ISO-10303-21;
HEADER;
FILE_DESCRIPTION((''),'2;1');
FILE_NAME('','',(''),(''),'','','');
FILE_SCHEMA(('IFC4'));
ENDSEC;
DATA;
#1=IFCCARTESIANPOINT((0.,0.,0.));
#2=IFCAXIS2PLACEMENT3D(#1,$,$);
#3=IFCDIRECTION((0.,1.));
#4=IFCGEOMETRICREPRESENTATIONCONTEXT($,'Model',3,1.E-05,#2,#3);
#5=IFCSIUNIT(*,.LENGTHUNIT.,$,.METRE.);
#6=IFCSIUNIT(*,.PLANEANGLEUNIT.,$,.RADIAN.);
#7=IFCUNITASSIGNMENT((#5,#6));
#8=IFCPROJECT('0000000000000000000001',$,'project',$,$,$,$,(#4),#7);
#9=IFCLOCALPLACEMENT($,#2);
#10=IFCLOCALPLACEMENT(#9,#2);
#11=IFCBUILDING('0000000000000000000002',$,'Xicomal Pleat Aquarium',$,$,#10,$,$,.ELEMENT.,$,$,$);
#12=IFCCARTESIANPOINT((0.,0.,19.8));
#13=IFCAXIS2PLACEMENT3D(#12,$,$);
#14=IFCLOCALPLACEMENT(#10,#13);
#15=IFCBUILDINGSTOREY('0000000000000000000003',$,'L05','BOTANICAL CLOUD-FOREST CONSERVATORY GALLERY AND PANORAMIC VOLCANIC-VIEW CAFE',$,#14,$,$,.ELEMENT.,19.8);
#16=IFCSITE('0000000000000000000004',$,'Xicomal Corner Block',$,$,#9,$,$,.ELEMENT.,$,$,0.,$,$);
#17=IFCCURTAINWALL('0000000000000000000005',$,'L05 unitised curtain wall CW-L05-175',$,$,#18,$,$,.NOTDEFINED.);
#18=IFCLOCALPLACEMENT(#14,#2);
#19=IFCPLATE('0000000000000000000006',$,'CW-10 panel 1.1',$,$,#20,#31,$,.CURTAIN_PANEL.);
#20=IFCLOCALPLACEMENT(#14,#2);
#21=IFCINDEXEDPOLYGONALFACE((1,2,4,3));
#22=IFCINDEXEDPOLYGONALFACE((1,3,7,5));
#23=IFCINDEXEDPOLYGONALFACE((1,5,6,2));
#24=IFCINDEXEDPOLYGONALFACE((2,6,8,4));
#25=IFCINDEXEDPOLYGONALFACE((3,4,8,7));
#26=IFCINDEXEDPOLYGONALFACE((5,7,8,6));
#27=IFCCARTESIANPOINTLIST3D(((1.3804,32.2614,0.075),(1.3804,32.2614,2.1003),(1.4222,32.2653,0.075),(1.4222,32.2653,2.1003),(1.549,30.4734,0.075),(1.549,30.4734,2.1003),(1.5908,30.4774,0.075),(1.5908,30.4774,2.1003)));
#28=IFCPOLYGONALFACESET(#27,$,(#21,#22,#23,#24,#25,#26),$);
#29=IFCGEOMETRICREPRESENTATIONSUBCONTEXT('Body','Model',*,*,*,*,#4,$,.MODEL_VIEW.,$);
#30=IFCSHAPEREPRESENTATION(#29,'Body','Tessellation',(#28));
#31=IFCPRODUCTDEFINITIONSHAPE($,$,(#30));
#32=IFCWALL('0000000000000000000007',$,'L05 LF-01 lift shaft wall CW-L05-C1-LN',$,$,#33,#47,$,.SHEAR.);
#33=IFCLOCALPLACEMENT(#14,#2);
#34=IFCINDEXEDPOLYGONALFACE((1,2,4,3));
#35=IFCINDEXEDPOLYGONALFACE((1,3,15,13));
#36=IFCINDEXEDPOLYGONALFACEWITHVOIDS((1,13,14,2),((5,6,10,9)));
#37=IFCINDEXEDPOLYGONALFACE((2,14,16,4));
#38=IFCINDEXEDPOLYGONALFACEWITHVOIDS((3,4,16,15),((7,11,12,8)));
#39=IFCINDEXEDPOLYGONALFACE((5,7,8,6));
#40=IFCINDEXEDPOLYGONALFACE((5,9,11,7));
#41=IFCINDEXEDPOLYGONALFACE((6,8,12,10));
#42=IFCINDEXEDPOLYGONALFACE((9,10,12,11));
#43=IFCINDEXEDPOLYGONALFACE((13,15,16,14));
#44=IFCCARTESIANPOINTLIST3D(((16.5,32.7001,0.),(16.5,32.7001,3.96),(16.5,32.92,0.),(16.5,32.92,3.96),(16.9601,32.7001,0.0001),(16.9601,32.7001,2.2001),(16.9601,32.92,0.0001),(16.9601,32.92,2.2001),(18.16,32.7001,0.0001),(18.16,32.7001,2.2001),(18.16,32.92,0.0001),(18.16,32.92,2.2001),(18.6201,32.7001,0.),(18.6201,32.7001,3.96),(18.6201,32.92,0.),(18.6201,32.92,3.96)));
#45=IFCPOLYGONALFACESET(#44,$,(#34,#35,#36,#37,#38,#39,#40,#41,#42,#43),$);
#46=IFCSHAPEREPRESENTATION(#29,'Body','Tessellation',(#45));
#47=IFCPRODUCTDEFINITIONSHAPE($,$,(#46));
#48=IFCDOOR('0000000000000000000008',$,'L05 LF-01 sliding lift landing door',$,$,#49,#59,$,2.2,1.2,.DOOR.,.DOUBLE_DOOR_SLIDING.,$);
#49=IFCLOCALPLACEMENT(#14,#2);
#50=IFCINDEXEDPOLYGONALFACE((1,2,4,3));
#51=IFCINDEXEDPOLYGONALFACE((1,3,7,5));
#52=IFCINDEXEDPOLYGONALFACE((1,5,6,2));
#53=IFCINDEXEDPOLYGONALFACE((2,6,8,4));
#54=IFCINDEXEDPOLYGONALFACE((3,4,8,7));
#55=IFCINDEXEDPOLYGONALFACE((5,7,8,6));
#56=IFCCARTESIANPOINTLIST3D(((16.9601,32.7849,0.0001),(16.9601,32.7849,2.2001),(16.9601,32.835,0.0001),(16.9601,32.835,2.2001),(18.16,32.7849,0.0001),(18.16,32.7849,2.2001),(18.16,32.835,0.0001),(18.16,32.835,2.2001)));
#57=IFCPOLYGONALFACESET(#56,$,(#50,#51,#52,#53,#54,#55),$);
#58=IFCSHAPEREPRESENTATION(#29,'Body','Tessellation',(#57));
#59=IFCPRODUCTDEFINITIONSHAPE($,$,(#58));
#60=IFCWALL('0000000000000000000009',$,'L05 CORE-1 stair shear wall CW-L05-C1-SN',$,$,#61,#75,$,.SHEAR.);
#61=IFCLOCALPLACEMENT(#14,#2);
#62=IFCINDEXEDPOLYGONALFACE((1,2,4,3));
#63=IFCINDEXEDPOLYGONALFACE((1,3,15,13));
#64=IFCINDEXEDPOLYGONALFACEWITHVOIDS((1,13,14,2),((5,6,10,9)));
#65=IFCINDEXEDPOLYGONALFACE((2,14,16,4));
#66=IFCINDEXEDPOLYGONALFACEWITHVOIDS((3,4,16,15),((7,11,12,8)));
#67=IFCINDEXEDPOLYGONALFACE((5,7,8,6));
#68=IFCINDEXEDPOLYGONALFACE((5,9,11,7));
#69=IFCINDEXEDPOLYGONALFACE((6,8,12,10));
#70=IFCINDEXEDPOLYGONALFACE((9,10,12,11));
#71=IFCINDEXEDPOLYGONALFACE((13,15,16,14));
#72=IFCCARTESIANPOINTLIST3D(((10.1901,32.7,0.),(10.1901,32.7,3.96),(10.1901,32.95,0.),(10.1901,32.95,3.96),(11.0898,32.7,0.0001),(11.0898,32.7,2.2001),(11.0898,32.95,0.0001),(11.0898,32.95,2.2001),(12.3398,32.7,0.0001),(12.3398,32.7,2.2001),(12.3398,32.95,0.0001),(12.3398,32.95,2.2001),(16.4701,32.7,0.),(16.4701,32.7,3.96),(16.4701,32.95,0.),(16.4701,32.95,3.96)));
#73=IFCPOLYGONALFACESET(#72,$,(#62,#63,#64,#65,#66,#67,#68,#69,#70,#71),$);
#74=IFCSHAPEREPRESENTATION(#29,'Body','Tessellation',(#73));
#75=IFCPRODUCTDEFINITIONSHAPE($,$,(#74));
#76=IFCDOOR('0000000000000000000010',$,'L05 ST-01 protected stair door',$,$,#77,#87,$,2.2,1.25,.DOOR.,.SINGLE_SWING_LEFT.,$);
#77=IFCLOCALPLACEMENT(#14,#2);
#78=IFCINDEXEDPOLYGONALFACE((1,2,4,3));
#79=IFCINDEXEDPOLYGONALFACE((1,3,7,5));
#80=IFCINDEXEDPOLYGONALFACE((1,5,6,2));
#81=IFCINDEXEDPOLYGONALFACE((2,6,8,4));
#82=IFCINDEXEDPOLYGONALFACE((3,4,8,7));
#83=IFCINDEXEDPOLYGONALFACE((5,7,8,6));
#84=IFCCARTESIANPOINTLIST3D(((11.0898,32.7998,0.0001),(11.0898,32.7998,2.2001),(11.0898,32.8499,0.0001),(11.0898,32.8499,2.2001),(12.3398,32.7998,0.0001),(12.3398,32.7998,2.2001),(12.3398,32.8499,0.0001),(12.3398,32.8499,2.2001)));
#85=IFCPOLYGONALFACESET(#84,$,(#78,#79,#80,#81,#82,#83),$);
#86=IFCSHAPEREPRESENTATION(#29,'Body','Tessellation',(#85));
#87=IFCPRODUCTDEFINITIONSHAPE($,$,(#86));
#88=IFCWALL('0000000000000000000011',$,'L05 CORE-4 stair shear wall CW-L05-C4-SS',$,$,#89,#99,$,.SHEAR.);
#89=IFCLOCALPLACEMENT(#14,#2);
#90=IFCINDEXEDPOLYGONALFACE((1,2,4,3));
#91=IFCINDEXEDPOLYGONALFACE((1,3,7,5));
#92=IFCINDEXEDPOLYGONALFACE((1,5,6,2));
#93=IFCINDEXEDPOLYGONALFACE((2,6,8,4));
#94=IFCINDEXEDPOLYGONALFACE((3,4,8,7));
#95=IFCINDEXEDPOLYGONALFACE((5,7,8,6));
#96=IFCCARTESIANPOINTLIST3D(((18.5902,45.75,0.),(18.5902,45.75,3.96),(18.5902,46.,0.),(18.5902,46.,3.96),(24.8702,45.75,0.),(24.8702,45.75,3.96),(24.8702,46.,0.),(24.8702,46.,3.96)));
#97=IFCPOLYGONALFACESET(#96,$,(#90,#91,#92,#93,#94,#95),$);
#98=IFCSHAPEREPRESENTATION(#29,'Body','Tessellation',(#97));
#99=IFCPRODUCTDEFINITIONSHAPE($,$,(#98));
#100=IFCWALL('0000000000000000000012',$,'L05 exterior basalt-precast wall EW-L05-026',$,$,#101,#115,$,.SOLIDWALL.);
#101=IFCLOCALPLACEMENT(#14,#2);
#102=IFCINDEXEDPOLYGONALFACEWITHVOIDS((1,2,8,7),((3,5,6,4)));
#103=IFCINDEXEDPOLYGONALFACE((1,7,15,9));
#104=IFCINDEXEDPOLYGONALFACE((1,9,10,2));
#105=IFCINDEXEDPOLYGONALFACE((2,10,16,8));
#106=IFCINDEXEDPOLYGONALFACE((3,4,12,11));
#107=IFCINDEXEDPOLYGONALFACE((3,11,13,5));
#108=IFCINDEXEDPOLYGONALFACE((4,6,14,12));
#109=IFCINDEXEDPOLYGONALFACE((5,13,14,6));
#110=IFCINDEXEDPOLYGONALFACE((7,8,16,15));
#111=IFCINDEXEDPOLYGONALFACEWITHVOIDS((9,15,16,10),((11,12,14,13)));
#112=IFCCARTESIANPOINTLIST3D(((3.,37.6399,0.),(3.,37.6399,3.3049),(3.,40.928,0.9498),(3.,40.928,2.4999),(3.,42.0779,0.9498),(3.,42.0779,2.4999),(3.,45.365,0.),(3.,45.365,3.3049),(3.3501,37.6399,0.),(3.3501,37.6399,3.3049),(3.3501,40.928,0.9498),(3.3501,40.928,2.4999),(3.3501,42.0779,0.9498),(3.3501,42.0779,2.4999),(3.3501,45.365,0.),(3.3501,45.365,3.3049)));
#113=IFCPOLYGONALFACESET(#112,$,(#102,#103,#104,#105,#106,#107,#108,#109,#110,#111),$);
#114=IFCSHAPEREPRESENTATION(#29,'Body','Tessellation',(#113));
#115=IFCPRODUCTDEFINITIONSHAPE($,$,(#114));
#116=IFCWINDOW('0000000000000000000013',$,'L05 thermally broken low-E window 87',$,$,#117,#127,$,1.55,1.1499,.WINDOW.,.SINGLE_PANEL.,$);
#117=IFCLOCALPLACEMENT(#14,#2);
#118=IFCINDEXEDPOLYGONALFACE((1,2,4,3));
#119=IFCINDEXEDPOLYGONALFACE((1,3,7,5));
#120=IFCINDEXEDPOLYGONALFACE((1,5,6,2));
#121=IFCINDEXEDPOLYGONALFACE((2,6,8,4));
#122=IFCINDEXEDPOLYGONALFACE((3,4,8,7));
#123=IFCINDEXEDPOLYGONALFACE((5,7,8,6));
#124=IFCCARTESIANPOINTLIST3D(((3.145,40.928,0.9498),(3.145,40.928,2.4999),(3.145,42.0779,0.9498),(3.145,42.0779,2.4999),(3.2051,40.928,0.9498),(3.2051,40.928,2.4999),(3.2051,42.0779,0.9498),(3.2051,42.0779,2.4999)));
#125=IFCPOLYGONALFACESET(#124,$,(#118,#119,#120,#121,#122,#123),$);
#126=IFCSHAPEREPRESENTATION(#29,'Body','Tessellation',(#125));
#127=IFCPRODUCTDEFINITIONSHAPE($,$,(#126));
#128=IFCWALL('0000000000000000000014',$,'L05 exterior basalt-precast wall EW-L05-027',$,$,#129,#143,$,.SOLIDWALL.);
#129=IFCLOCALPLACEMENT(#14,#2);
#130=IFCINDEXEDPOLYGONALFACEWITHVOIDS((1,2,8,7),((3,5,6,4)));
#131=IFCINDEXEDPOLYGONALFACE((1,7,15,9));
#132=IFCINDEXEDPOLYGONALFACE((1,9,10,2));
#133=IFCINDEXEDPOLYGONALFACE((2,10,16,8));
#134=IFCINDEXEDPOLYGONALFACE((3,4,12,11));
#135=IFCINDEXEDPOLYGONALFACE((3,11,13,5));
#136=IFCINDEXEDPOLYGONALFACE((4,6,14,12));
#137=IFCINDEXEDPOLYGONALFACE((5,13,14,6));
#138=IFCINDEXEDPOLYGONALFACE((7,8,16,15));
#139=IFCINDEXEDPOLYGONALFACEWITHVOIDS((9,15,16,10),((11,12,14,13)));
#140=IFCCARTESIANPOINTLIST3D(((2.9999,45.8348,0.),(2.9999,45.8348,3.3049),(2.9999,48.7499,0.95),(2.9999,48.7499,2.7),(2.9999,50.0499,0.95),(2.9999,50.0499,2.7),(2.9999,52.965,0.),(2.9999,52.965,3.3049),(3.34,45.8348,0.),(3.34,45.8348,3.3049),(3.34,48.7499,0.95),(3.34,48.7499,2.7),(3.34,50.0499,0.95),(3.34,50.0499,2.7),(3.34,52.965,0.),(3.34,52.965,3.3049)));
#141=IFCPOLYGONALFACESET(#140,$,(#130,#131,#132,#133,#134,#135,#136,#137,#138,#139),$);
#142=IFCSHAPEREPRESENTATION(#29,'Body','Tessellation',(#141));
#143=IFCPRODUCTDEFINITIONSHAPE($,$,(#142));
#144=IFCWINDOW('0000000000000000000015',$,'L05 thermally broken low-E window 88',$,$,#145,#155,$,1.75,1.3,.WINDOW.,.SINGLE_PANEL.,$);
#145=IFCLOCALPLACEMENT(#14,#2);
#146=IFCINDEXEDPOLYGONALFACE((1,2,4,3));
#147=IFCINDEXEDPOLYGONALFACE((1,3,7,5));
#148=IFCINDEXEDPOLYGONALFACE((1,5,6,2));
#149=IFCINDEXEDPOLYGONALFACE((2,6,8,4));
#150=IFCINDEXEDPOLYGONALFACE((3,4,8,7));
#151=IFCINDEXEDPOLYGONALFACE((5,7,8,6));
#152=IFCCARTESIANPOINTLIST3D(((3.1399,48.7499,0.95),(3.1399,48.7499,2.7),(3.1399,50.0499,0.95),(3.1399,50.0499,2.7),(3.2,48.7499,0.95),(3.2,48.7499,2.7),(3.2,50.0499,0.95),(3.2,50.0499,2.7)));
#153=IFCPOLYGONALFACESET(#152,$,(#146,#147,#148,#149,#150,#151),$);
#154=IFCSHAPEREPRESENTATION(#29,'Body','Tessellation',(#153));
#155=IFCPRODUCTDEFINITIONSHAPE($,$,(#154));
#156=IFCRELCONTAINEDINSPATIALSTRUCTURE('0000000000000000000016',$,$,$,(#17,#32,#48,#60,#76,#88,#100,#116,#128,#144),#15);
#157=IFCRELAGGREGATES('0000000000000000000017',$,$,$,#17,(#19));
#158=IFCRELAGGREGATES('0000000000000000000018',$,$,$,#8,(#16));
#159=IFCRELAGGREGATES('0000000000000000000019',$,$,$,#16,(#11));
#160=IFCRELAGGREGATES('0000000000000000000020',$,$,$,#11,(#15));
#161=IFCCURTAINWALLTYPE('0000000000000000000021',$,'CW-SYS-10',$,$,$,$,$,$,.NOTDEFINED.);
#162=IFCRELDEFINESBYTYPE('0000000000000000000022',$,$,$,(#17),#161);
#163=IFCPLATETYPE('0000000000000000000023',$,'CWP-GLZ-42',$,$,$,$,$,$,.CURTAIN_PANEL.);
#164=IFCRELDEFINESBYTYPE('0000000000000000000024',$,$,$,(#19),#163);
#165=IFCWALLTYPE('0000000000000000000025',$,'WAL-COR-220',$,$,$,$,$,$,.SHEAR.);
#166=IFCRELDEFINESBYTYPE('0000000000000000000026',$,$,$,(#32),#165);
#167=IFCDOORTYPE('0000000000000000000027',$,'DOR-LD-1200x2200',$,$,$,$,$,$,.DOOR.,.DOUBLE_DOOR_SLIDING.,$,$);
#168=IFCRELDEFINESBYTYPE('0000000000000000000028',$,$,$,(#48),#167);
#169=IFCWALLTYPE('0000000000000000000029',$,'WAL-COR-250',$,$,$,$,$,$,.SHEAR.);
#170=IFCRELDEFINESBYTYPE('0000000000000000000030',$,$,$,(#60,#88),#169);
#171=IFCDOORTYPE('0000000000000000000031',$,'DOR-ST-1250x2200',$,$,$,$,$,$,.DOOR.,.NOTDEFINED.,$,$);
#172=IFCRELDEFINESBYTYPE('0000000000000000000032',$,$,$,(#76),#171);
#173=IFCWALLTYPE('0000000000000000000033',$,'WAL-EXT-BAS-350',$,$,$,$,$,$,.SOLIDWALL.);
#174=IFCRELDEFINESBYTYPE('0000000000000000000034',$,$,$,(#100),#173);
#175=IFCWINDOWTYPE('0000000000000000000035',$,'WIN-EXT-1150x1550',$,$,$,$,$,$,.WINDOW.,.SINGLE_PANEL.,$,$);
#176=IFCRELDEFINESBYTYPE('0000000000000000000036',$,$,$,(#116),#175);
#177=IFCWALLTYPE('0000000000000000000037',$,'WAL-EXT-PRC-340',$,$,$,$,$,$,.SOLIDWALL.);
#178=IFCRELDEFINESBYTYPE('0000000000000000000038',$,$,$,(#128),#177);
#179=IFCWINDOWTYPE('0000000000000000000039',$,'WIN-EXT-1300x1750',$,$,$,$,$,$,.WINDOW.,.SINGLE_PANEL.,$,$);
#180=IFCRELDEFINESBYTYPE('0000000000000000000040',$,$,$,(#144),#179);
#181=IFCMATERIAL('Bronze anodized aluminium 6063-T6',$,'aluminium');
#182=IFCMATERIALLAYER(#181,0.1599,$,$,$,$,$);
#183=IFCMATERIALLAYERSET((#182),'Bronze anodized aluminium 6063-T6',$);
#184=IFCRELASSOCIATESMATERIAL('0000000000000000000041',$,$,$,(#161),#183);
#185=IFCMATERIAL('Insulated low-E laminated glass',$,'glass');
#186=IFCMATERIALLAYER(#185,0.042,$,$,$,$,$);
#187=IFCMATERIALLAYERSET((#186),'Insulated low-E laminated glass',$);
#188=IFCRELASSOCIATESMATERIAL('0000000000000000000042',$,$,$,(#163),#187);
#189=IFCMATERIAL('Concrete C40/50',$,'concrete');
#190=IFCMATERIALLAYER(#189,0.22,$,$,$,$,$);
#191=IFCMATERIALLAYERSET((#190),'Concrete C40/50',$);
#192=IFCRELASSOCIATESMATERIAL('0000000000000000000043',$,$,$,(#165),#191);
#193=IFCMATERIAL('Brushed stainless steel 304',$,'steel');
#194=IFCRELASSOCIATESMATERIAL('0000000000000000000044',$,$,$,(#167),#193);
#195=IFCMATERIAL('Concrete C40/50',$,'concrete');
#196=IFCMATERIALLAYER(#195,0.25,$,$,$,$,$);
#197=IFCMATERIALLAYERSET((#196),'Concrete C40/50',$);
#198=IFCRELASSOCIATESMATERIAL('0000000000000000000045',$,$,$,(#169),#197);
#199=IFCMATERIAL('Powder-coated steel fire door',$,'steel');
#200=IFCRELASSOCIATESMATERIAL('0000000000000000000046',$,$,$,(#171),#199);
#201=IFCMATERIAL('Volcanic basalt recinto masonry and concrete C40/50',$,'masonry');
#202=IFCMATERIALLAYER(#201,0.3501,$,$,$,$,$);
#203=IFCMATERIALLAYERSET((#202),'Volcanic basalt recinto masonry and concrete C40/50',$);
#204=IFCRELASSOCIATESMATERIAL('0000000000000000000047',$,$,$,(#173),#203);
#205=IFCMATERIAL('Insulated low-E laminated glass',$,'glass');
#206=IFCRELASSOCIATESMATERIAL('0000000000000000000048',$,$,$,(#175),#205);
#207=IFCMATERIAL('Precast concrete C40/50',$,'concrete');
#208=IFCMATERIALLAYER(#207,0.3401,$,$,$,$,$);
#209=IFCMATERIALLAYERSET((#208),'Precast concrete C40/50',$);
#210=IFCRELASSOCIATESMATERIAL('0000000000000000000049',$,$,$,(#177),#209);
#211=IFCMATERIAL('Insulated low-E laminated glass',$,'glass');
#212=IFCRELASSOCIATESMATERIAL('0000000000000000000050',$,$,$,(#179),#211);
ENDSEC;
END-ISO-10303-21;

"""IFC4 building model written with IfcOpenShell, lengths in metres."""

from ifc_helpers import new_model, si_unit, direction, frame, frame_2d, origin, origin_2d, place, context, subcontext, project, spatial, rectangle, extrude, material, layer, layer_set, type_object, element, fill, aggregate, save


model = new_model("IFC4")

# Units and contexts
model_context = context("Model", 3, precision=1e-05, world=origin(), true_north=direction((0.0, 1.0)))
body_context = subcontext(model_context, "Body", "Model", "MODEL_VIEW")
ifc_project = project(units=[si_unit("LENGTHUNIT", "METRE"), si_unit("PLANEANGLEUNIT", "RADIAN")], contexts=[model_context])

# Site, building, storey
site_placement = place(None, origin())
site = spatial("IfcSite", under=ifc_project, at=site_placement, Name="Xicomal Corner Block", CompositionType="ELEMENT", RefElevation=0.0)
building_placement = place(site_placement, origin())
building = spatial("IfcBuilding", under=site, at=building_placement, Name="Xicomal Pleat Aquarium", CompositionType="ELEMENT")
storey_placement = place(building_placement, frame((0.0, 0.0, 19.8)))
storey = spatial("IfcBuildingStorey", under=building, at=storey_placement, Name="L05", Description="BOTANICAL CLOUD-FOREST CONSERVATORY GALLERY AND PANORAMIC VOLCANIC-VIEW CAFE", CompositionType="ELEMENT", Elevation=19.8)

# Curtain wall, plate
ifc_material_1 = material(Name="Bronze anodized aluminium 6063-T6", Category="aluminium")
ifc_layer_1 = layer(ifc_material_1, 0.1599)
ifc_layer_set_1 = layer_set([ifc_layer_1], Name="Bronze anodized aluminium 6063-T6")
curtain_wall_type = type_object("IfcCurtainWallType", Name="CW-SYS-10", PredefinedType="NOTDEFINED", material=ifc_layer_set_1)
curtain_wall_placement = place(storey_placement, origin())
curtain_wall = element("IfcCurtainWall", 1, at=curtain_wall_placement, inside=storey, type_object=curtain_wall_type, Name="L05 unitised curtain wall CW-L05-175", PredefinedType="NOTDEFINED")
ifc_material_2 = material(Name="Insulated low-E laminated glass", Category="glass")
ifc_layer_2 = layer(ifc_material_2, 0.042)
ifc_layer_set_2 = layer_set([ifc_layer_2], Name="Insulated low-E laminated glass")
plate_type = type_object("IfcPlateType", Name="CWP-GLZ-42", PredefinedType="CURTAIN_PANEL", material=ifc_layer_set_2)
plate_placement = place(storey_placement, frame((1.4856, 31.3694, 0.075), z_axis=(0.0, 0.0, 1.0), x_axis=(-0.093925, 0.995579, 0.0)))
plate = element("IfcPlate", 2, at=plate_placement, type_object=plate_type, Name="CW-10 panel 1.1", PredefinedType="CURTAIN_PANEL", context=body_context, shape_type="SweptSolid", body=[
    extrude(rectangle(XDim=1.7959, YDim=0.042, at=origin_2d()), origin(), (0.0, 0.0, 1.0), 2.0254),
])
aggregate(curtain_wall, [plate])

# Walls, openings, doors
ifc_material_3 = material(Name="Concrete C40/50", Category="concrete")
ifc_layer_3 = layer(ifc_material_3, 0.22)
ifc_layer_set_3 = layer_set([ifc_layer_3], Name="Concrete C40/50")
wall_type_1 = type_object("IfcWallType", Name="WAL-COR-220", PredefinedType="SHEAR", material=ifc_layer_set_3)
wall_1_placement = place(storey_placement, frame((16.5, 32.8101, 0.0), z_axis=(0.0, 0.0, 1.0), x_axis=(1.0, 0.0, 0.0)))
wall_1 = element("IfcWall", 3, at=wall_1_placement, inside=storey, type_object=wall_type_1, Name="L05 LF-01 lift shaft wall CW-L05-C1-LN", PredefinedType="SHEAR", context=body_context, shape_type="SweptSolid", body=[
    extrude(rectangle(XDim=2.1201, YDim=0.22, at=frame_2d((1.0601, 0.0))), origin(), (0.0, 0.0, 1.0), 3.96),
])
opening_1_placement = place(wall_1_placement, frame((0.46, 0.0, 0.0)))
opening_1 = element("IfcOpeningElement", 4, at=opening_1_placement, cuts=wall_1, PredefinedType="OPENING", context=body_context, shape_type="SweptSolid", body=[
    extrude(rectangle(XDim=1.2, YDim=2.2, at=frame_2d((0.6001, 1.1001))), frame((0.0, 0.1199, 0.0), z_axis=(0.0, -1.0, 0.0), x_axis=(1.0, 0.0, 0.0)), (0.0, 0.0, 1.0), 0.24),
])
ifc_material_4 = material(Name="Brushed stainless steel 304", Category="steel")
door_type_1 = type_object("IfcDoorType", Name="DOR-LD-1200x2200", OperationType="DOUBLE_DOOR_SLIDING", PredefinedType="DOOR", material=ifc_material_4)
door_1_placement = place(opening_1_placement, origin())
door_1 = element("IfcDoor", 5, at=door_1_placement, inside=storey, type_object=door_type_1, Name="L05 LF-01 sliding lift landing door", OperationType="DOUBLE_DOOR_SLIDING", OverallHeight=2.2, OverallWidth=1.2, PredefinedType="DOOR", context=body_context, shape_type="SweptSolid", body=[
    extrude(rectangle(XDim=1.2, YDim=2.2, at=frame_2d((0.6001, 1.1001))), frame((0.0, 0.0249, 0.0), z_axis=(0.0, -1.0, 0.0), x_axis=(1.0, 0.0, 0.0)), (0.0, 0.0, 1.0), 0.05),
])
fill(opening_1, door_1)
ifc_material_5 = material(Name="Concrete C40/50", Category="concrete")
ifc_layer_4 = layer(ifc_material_5, 0.25)
ifc_layer_set_4 = layer_set([ifc_layer_4], Name="Concrete C40/50")
wall_type_2 = type_object("IfcWallType", Name="WAL-COR-250", PredefinedType="SHEAR", material=ifc_layer_set_4)
wall_2_placement = place(storey_placement, frame((10.1899, 32.825, 0.0), z_axis=(0.0, 0.0, 1.0), x_axis=(1.0, 0.0, 0.0)))
wall_2 = element("IfcWall", 6, at=wall_2_placement, inside=storey, type_object=wall_type_2, Name="L05 CORE-1 stair shear wall CW-L05-C1-SN", PredefinedType="SHEAR", context=body_context, shape_type="SweptSolid", body=[
    extrude(rectangle(XDim=6.28, YDim=0.25, at=frame_2d((3.1401, 0.0))), origin(), (0.0, 0.0, 1.0), 3.96),
])
opening_2_placement = place(wall_2_placement, frame((0.8999, 0.0, 0.0)))
opening_2 = element("IfcOpeningElement", 7, at=opening_2_placement, cuts=wall_2, PredefinedType="OPENING", context=body_context, shape_type="SweptSolid", body=[
    extrude(rectangle(XDim=1.25, YDim=2.2, at=frame_2d((0.625, 1.1001))), frame((0.0, 0.135, 0.0), z_axis=(0.0, -1.0, 0.0), x_axis=(1.0, 0.0, 0.0)), (0.0, 0.0, 1.0), 0.27),
])
ifc_material_6 = material(Name="Powder-coated steel fire door", Category="steel")
door_type_2 = type_object("IfcDoorType", Name="DOR-ST-1250x2200", OperationType="NOTDEFINED", PredefinedType="DOOR", material=ifc_material_6)
door_2_placement = place(opening_2_placement, origin())
door_2 = element("IfcDoor", 8, at=door_2_placement, inside=storey, type_object=door_type_2, Name="L05 ST-01 protected stair door", OperationType="SINGLE_SWING_LEFT", OverallHeight=2.2, OverallWidth=1.25, PredefinedType="DOOR", context=body_context, shape_type="SweptSolid", body=[
    extrude(rectangle(XDim=1.25, YDim=2.2, at=frame_2d((0.625, 1.1001))), frame((0.0, 0.0249, 0.0), z_axis=(0.0, -1.0, 0.0), x_axis=(1.0, 0.0, 0.0)), (0.0, 0.0, 1.0), 0.05),
])
fill(opening_2, door_2)

# Wall
wall_3_placement = place(storey_placement, frame((18.5901, 45.875, 0.0), z_axis=(0.0, 0.0, 1.0), x_axis=(1.0, 0.0, 0.0)))
element("IfcWall", 9, at=wall_3_placement, inside=storey, type_object=wall_type_2, Name="L05 CORE-4 stair shear wall CW-L05-C4-SS", PredefinedType="SHEAR", context=body_context, shape_type="SweptSolid", body=[
    extrude(rectangle(XDim=6.28, YDim=0.25, at=frame_2d((3.1401, 0.0))), origin(), (0.0, 0.0, 1.0), 3.96),
])

# Walls, openings, windows
ifc_material_7 = material(Name="Volcanic basalt recinto masonry and concrete C40/50", Category="masonry")
ifc_layer_5 = layer(ifc_material_7, 0.3501)
ifc_layer_set_5 = layer_set([ifc_layer_5], Name="Volcanic basalt recinto masonry and concrete C40/50")
wall_type_3 = type_object("IfcWallType", Name="WAL-EXT-BAS-350", PredefinedType="SOLIDWALL", material=ifc_layer_set_5)
wall_4_placement = place(storey_placement, frame((3.175, 37.6399, 0.0), z_axis=(0.0, 0.0, 1.0), x_axis=(0.0, 1.0, 0.0)))
wall_4 = element("IfcWall", 10, at=wall_4_placement, inside=storey, type_object=wall_type_3, Name="L05 exterior basalt-precast wall EW-L05-026", PredefinedType="SOLIDWALL", context=body_context, shape_type="SweptSolid", body=[
    extrude(rectangle(XDim=7.7251, YDim=0.3501, at=frame_2d((3.8625, 0.0))), origin(), (0.0, 0.0, 1.0), 3.3049),
])
opening_3_placement = place(wall_4_placement, frame((3.2881, 0.0, 0.95)))
opening_3 = element("IfcOpeningElement", 11, at=opening_3_placement, cuts=wall_4, PredefinedType="OPENING", context=body_context, shape_type="SweptSolid", body=[
    extrude(rectangle(XDim=1.1499, YDim=1.55, at=frame_2d((0.575, 0.7749))), frame((0.0, 0.1851, 0.0), z_axis=(0.0, -1.0, 0.0), x_axis=(1.0, 0.0, 0.0)), (0.0, 0.0, 1.0), 0.3701),
])
ifc_material_8 = material(Name="Insulated low-E laminated glass", Category="glass")
window_type_1 = type_object("IfcWindowType", Name="WIN-EXT-1150x1550", PartitioningType="SINGLE_PANEL", PredefinedType="WINDOW", material=ifc_material_8)
window_1_placement = place(opening_3_placement, origin())
window_1 = element("IfcWindow", 12, at=window_1_placement, inside=storey, type_object=window_type_1, Name="L05 thermally broken low-E window 87", OverallHeight=1.55, OverallWidth=1.1499, PartitioningType="SINGLE_PANEL", PredefinedType="WINDOW", context=body_context, shape_type="SweptSolid", body=[
    extrude(rectangle(XDim=1.1499, YDim=1.55, at=frame_2d((0.575, 0.7749))), frame((0.0, 0.03, 0.0), z_axis=(0.0, -1.0, 0.0), x_axis=(1.0, 0.0, 0.0)), (0.0, 0.0, 1.0), 0.0601),
])
fill(opening_3, window_1)
ifc_material_9 = material(Name="Precast concrete C40/50", Category="concrete")
ifc_layer_6 = layer(ifc_material_9, 0.3401)
ifc_layer_set_6 = layer_set([ifc_layer_6], Name="Precast concrete C40/50")
wall_type_4 = type_object("IfcWallType", Name="WAL-EXT-PRC-340", PredefinedType="SOLIDWALL", material=ifc_layer_set_6)
wall_5_placement = place(storey_placement, frame((3.1699, 45.835, 0.0), z_axis=(0.0, 0.0, 1.0), x_axis=(0.0, 1.0, 0.0)))
wall_5 = element("IfcWall", 13, at=wall_5_placement, inside=storey, type_object=wall_type_4, Name="L05 exterior basalt-precast wall EW-L05-027", PredefinedType="SOLIDWALL", context=body_context, shape_type="SweptSolid", body=[
    extrude(rectangle(XDim=7.1301, YDim=0.3401, at=frame_2d((3.5649, 0.0))), origin(), (0.0, 0.0, 1.0), 3.3049),
])
opening_4_placement = place(wall_5_placement, frame((2.915, 0.0, 0.95)))
opening_4 = element("IfcOpeningElement", 14, at=opening_4_placement, cuts=wall_5, PredefinedType="OPENING", context=body_context, shape_type="SweptSolid", body=[
    extrude(rectangle(XDim=1.3, YDim=1.75, at=frame_2d((0.6499, 0.875))), frame((0.0, 0.1799, 0.0), z_axis=(0.0, -1.0, 0.0), x_axis=(1.0, 0.0, 0.0)), (0.0, 0.0, 1.0), 0.3601),
])
ifc_material_10 = material(Name="Insulated low-E laminated glass", Category="glass")
window_type_2 = type_object("IfcWindowType", Name="WIN-EXT-1300x1750", PartitioningType="SINGLE_PANEL", PredefinedType="WINDOW", material=ifc_material_10)
window_2_placement = place(opening_4_placement, origin())
window_2 = element("IfcWindow", 15, at=window_2_placement, inside=storey, type_object=window_type_2, Name="L05 thermally broken low-E window 88", OverallHeight=1.75, OverallWidth=1.3, PartitioningType="SINGLE_PANEL", PredefinedType="WINDOW", context=body_context, shape_type="SweptSolid", body=[
    extrude(rectangle(XDim=1.3, YDim=1.75, at=frame_2d((0.6499, 0.875))), frame((0.0, 0.03, 0.0), z_axis=(0.0, -1.0, 0.0), x_axis=(1.0, 0.0, 0.0)), (0.0, 0.0, 1.0), 0.0601),
])
fill(opening_4, window_2)

save(model, "model.ifc")
